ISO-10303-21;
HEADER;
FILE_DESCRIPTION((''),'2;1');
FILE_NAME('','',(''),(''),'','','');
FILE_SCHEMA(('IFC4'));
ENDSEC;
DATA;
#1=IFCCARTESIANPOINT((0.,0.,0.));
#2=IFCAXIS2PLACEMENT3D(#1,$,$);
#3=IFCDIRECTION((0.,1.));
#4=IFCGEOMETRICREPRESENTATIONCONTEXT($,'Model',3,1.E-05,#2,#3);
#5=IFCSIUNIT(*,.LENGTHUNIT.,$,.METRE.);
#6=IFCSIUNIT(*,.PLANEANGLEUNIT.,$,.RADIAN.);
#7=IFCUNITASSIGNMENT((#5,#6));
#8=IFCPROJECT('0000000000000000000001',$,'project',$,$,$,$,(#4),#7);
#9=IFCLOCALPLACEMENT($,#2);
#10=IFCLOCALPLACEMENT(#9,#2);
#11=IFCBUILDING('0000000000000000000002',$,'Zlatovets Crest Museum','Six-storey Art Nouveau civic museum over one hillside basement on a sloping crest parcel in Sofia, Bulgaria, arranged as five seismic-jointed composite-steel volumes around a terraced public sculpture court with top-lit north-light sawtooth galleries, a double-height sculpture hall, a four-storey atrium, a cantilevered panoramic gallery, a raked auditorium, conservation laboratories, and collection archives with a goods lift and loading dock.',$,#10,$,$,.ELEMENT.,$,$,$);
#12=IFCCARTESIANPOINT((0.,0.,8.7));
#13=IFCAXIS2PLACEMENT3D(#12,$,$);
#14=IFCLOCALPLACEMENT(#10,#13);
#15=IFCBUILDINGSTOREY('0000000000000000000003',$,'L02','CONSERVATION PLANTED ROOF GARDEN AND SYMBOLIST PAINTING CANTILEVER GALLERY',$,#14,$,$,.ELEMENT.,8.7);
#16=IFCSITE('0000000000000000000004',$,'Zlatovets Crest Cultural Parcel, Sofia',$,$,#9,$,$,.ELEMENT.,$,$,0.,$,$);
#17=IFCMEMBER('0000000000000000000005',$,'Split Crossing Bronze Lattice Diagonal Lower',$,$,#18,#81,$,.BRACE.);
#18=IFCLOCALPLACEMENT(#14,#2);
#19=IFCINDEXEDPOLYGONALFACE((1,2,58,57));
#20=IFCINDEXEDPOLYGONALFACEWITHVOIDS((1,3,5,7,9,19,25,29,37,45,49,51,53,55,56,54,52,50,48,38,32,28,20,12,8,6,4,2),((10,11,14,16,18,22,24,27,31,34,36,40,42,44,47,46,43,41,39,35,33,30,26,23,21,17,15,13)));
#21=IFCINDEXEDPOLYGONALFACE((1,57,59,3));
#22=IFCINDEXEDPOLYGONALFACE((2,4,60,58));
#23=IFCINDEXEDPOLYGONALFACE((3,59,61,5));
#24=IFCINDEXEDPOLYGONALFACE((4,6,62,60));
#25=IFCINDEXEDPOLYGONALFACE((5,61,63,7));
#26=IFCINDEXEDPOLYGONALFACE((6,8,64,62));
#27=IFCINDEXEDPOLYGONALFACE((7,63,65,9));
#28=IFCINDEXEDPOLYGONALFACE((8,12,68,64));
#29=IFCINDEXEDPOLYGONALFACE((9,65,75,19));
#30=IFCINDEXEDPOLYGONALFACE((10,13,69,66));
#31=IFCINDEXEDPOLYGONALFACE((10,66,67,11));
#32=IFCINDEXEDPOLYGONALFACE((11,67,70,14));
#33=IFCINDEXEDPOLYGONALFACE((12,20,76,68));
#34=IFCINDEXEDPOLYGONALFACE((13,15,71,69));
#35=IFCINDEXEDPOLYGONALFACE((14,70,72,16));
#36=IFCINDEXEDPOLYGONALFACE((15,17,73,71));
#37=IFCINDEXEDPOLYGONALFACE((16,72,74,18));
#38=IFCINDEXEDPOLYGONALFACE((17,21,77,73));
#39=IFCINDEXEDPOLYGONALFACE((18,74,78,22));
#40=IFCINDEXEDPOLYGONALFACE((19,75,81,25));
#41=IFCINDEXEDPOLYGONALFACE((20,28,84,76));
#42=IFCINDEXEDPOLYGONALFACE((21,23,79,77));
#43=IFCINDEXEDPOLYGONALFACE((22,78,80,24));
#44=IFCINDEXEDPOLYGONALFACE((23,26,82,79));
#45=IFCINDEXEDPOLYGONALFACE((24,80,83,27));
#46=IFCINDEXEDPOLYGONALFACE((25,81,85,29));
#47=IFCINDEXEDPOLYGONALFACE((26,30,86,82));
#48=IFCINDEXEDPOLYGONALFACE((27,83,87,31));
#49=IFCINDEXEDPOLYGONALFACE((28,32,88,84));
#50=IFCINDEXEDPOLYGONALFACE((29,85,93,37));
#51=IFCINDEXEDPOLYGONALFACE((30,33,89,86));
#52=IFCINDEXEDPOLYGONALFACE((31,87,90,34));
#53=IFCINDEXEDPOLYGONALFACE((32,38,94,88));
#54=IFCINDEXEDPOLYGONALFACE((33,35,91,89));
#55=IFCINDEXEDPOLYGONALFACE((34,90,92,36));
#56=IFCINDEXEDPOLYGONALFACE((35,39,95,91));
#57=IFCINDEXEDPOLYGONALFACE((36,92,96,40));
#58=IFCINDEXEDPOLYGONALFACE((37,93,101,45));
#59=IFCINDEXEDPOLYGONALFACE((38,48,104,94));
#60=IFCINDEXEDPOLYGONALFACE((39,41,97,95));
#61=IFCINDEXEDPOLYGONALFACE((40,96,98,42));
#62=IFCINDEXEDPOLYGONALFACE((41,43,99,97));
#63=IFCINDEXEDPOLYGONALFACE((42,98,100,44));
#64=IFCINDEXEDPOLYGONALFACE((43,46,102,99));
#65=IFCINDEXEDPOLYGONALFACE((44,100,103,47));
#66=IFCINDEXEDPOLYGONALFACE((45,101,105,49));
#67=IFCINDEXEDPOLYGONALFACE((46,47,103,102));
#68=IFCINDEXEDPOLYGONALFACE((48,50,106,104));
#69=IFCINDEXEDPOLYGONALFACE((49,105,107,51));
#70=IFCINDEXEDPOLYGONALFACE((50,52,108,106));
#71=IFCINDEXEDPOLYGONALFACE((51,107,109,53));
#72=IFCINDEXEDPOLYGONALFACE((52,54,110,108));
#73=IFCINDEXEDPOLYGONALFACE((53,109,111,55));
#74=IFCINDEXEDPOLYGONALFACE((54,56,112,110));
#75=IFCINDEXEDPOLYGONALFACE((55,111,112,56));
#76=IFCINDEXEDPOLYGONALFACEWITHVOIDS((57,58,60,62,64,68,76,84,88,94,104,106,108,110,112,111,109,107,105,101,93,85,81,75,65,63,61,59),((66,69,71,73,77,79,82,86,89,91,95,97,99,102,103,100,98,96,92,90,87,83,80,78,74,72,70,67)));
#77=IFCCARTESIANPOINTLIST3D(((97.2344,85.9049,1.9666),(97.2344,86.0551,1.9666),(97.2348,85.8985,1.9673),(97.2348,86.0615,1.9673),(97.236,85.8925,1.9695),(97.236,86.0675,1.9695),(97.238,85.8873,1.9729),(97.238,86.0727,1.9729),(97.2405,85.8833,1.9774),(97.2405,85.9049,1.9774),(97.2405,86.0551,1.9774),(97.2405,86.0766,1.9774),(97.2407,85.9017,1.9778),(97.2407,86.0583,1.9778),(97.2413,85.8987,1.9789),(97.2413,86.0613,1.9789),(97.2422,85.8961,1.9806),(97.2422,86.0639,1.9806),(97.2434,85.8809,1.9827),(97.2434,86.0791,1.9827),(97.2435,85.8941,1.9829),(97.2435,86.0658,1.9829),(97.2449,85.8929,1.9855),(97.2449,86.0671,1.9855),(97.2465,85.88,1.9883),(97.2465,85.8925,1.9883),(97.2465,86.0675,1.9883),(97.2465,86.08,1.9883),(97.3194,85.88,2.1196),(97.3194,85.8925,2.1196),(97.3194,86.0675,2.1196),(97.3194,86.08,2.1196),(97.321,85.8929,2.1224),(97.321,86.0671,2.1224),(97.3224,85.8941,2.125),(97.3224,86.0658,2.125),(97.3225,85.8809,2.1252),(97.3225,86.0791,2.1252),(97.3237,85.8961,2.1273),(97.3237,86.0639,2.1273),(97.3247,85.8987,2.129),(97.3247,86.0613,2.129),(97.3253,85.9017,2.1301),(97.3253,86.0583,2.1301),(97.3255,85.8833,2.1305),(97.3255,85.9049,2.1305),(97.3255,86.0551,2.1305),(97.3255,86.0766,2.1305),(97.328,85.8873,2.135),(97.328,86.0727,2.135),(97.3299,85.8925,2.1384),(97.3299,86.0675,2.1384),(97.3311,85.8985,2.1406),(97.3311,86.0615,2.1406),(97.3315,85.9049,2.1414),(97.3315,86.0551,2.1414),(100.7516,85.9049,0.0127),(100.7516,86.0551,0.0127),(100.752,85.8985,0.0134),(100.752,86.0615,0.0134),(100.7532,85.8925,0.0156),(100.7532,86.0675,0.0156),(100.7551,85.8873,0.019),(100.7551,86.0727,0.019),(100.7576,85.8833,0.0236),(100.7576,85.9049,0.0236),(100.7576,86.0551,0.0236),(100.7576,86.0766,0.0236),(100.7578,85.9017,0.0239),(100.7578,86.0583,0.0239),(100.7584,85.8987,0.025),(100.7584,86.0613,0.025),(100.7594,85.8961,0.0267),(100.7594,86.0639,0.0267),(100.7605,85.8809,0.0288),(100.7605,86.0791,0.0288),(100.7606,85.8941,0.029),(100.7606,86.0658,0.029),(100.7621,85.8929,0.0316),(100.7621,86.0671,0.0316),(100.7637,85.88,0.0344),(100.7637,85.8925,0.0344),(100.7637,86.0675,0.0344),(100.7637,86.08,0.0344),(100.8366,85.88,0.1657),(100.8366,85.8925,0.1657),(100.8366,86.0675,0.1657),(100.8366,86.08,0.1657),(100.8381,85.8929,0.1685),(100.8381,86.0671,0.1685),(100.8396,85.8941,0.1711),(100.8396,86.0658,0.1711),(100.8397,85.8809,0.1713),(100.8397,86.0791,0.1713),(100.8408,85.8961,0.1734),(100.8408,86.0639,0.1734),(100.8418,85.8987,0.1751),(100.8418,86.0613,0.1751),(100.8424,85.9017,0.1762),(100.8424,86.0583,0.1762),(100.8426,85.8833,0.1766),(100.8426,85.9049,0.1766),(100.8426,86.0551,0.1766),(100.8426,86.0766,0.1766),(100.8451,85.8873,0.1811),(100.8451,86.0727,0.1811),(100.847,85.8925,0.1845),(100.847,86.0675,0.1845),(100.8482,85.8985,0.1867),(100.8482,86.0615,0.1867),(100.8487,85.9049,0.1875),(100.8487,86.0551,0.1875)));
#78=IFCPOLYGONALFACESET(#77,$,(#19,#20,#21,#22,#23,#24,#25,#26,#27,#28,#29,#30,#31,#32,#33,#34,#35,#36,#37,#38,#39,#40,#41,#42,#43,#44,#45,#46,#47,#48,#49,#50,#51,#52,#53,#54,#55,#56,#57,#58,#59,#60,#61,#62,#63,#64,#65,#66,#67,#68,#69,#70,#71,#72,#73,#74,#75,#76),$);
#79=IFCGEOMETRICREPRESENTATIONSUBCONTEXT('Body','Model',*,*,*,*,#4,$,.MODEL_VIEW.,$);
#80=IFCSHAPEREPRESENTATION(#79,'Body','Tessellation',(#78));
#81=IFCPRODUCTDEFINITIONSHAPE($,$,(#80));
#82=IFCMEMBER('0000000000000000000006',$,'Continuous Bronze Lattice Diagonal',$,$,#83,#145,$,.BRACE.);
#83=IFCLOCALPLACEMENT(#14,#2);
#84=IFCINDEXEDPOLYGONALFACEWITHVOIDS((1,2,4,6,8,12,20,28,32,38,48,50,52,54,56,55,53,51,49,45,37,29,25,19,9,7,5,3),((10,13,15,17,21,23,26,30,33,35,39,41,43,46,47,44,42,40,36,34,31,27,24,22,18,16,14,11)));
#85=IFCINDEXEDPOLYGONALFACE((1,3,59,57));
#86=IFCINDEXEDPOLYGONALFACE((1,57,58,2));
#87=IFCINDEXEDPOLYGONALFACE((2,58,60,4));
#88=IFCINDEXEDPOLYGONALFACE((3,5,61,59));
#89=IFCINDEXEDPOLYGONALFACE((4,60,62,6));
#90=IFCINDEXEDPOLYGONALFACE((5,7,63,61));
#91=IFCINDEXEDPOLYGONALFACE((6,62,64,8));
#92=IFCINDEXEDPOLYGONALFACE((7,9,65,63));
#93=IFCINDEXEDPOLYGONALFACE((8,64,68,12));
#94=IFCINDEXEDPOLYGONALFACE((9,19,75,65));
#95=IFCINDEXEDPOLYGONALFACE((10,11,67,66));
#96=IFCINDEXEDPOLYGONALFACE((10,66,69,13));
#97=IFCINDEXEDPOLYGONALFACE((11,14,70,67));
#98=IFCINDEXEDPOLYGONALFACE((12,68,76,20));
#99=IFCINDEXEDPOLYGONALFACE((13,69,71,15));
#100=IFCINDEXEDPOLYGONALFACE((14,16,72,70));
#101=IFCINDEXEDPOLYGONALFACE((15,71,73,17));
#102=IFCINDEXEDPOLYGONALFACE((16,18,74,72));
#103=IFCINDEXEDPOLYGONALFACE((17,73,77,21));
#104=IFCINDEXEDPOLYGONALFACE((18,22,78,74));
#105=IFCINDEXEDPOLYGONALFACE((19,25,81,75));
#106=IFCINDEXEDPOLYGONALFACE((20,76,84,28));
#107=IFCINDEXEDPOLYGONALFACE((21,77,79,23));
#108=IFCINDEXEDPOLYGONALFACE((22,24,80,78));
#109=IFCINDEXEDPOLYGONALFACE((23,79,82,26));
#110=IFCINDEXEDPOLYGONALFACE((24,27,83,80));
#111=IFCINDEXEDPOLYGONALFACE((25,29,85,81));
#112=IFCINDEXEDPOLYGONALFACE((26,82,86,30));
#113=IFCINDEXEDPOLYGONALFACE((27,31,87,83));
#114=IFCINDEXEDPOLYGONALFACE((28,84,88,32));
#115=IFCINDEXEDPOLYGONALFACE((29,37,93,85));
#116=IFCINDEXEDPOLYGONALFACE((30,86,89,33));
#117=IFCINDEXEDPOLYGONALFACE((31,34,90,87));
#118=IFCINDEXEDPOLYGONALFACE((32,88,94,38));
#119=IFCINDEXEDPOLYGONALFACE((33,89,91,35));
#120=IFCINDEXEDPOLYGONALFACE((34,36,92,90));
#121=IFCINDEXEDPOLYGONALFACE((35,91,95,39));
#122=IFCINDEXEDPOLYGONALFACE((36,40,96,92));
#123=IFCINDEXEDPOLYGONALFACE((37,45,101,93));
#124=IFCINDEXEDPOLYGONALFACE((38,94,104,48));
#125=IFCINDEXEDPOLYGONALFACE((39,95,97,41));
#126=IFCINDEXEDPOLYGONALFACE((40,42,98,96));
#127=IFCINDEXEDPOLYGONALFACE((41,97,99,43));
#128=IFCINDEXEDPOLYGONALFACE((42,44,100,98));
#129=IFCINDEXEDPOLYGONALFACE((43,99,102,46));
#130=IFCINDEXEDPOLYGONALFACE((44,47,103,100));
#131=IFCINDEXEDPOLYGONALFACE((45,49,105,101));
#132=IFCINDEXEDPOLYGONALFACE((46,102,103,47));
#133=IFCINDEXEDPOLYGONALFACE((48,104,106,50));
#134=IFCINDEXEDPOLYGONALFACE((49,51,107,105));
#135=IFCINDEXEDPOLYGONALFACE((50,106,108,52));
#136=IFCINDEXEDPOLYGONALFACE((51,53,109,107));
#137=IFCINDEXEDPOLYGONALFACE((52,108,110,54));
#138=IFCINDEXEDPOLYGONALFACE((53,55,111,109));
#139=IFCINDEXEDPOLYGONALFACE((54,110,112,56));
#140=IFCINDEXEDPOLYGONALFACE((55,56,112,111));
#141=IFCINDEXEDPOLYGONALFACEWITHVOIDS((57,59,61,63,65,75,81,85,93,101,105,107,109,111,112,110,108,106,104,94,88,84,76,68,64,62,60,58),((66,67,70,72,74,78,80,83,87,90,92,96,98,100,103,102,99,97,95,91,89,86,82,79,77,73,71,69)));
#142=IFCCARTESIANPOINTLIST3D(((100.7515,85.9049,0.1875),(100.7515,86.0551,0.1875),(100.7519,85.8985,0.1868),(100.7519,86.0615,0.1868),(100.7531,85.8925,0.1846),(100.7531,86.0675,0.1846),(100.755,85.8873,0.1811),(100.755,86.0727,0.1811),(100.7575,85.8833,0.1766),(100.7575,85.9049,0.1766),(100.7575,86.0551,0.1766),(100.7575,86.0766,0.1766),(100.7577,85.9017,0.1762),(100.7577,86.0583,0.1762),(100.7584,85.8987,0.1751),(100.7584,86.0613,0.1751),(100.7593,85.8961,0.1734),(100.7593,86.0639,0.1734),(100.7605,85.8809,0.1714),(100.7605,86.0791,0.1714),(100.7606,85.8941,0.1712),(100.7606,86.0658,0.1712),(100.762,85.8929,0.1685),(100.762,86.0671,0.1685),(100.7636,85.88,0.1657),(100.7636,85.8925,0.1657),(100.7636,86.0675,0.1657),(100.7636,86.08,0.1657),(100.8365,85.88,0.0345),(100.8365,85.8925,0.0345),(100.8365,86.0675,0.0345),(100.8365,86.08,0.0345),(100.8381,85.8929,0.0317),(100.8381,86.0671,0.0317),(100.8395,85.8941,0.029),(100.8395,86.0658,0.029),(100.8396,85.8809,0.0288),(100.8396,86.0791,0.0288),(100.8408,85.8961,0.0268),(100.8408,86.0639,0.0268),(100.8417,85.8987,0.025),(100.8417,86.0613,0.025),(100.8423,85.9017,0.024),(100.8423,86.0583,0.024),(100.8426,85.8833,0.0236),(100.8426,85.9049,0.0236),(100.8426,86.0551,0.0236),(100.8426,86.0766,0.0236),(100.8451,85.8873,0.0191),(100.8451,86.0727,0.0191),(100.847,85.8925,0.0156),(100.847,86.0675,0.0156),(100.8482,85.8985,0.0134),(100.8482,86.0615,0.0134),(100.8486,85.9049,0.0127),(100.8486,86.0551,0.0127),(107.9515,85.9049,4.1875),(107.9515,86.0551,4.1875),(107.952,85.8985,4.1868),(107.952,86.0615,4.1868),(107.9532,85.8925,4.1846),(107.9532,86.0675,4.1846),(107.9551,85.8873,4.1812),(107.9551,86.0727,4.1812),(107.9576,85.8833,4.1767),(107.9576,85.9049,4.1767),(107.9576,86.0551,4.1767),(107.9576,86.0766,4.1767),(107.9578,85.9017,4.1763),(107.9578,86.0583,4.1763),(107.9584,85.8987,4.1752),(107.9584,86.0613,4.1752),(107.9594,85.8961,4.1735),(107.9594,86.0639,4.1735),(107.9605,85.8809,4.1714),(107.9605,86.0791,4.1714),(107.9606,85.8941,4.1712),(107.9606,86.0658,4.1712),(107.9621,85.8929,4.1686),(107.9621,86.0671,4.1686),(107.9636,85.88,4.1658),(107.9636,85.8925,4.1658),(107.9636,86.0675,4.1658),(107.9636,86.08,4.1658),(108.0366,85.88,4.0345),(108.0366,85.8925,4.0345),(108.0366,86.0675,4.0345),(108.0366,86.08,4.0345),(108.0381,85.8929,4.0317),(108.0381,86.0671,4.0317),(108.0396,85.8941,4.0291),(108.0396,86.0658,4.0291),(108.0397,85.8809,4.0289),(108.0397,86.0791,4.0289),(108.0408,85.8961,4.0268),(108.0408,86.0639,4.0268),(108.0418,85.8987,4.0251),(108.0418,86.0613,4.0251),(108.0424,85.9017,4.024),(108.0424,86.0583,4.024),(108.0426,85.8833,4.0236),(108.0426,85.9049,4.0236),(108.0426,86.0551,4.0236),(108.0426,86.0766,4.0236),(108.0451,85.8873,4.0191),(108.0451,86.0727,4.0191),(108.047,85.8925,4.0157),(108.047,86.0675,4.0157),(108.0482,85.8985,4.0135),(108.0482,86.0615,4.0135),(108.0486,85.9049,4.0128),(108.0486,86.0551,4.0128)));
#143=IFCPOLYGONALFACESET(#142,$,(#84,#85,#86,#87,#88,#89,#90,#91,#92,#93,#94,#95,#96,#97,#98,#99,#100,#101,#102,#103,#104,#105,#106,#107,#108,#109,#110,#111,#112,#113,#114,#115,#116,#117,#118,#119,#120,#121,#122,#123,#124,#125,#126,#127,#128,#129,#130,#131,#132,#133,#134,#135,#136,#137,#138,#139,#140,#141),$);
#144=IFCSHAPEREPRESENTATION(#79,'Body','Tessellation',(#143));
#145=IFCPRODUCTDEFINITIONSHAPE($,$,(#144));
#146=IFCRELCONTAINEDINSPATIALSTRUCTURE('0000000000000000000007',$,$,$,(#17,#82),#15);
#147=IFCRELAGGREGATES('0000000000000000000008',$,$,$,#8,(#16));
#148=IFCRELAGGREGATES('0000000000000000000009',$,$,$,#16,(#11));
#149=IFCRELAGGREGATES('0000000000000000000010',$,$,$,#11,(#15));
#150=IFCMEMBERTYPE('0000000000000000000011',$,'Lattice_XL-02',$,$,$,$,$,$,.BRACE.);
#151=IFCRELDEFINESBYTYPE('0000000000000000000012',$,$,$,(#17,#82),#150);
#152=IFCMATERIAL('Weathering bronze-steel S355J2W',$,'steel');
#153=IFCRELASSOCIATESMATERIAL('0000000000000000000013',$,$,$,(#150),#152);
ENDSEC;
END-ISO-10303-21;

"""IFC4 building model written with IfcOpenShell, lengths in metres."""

from ifc_helpers import new_model, si_unit, direction, frame, origin, origin_2d, place, context, subcontext, project, spatial, hollow_rectangle, extrude, material, material_profile, profile_set, type_object, element, save


model = new_model("IFC4")

# Units and contexts
model_context = context("Model", 3, precision=1e-05, world=origin(), true_north=direction((0.0, 1.0)))
body_context = subcontext(model_context, "Body", "Model", "MODEL_VIEW")
ifc_project = project(units=[si_unit("LENGTHUNIT", "METRE"), si_unit("PLANEANGLEUNIT", "RADIAN")], contexts=[model_context])

# Site, building, storey
site_placement = place(None, origin())
site = spatial("IfcSite", under=ifc_project, at=site_placement, Name="Zlatovets Crest Cultural Parcel, Sofia", CompositionType="ELEMENT", RefElevation=0.0)
building_placement = place(site_placement, origin())
building = spatial("IfcBuilding", under=site, at=building_placement, Name="Zlatovets Crest Museum", Description="Six-storey Art Nouveau civic museum over one hillside basement on a sloping crest parcel in Sofia, Bulgaria, arranged as five seismic-jointed composite-steel volumes around a terraced public sculpture court with top-lit north-light sawtooth galleries, a double-height sculpture hall, a four-storey atrium, a cantilevered panoramic gallery, a raked auditorium, conservation laboratories, and collection archives with a goods lift and loading dock.", CompositionType="ELEMENT")
storey_placement = place(building_placement, frame((0.0, 0.0, 8.7)))
storey = spatial("IfcBuildingStorey", under=building, at=storey_placement, Name="L02", Description="CONSERVATION PLANTED ROOF GARDEN AND SYMBOLIST PAINTING CANTILEVER GALLERY", CompositionType="ELEMENT", Elevation=8.7)

# Members
ifc_material_1 = material(Name="Weathering bronze-steel S355J2W", Category="steel")
ifc_material_profile_1 = material_profile(ifc_material_1, hollow_rectangle(XDim=0.2, YDim=0.2, WallThickness=0.0125, InnerFilletRadius=0.0125, OuterFilletRadius=0.0249, at=origin_2d()), Name="SHS 200x200x12.5")
ifc_profile_set_1 = profile_set([ifc_material_profile_1], Name="Weathering bronze-steel S355J2W")
member_type_1 = type_object("IfcMemberType", Name="Lattice_XL-02", PredefinedType="BRACE", material=ifc_profile_set_1)
member_1_placement = place(storey_placement, frame((97.283, 85.98, 2.054), z_axis=(0.874166, 0.0, -0.485627), x_axis=(0.0, 1.0, 0.0)))
element("IfcMember", 1, at=member_1_placement, inside=storey, type_object=member_type_1, Name="Split Crossing Bronze Lattice Diagonal Lower", PredefinedType="BRACE", context=body_context, shape_type="SweptSolid", body=[
    extrude(hollow_rectangle(XDim=0.2, YDim=0.2, WallThickness=0.0125, InnerFilletRadius=0.0125, OuterFilletRadius=0.0249, at=origin_2d()), origin(), (0.0, 0.0, 1.0), 4.0234),
])
member_2_placement = place(storey_placement, frame((100.8, 85.98, 0.1001), z_axis=(0.874156, 0.0, 0.485645), x_axis=(0.0, 1.0, 0.0)))
element("IfcMember", 2, at=member_2_placement, inside=storey, type_object=member_type_1, Name="Continuous Bronze Lattice Diagonal", PredefinedType="BRACE", context=body_context, shape_type="SweptSolid", body=[
    extrude(hollow_rectangle(XDim=0.2, YDim=0.2, WallThickness=0.0125, InnerFilletRadius=0.0125, OuterFilletRadius=0.0249, at=origin_2d()), origin(), (0.0, 0.0, 1.0), 8.2366),
])

save(model, "model.ifc")
